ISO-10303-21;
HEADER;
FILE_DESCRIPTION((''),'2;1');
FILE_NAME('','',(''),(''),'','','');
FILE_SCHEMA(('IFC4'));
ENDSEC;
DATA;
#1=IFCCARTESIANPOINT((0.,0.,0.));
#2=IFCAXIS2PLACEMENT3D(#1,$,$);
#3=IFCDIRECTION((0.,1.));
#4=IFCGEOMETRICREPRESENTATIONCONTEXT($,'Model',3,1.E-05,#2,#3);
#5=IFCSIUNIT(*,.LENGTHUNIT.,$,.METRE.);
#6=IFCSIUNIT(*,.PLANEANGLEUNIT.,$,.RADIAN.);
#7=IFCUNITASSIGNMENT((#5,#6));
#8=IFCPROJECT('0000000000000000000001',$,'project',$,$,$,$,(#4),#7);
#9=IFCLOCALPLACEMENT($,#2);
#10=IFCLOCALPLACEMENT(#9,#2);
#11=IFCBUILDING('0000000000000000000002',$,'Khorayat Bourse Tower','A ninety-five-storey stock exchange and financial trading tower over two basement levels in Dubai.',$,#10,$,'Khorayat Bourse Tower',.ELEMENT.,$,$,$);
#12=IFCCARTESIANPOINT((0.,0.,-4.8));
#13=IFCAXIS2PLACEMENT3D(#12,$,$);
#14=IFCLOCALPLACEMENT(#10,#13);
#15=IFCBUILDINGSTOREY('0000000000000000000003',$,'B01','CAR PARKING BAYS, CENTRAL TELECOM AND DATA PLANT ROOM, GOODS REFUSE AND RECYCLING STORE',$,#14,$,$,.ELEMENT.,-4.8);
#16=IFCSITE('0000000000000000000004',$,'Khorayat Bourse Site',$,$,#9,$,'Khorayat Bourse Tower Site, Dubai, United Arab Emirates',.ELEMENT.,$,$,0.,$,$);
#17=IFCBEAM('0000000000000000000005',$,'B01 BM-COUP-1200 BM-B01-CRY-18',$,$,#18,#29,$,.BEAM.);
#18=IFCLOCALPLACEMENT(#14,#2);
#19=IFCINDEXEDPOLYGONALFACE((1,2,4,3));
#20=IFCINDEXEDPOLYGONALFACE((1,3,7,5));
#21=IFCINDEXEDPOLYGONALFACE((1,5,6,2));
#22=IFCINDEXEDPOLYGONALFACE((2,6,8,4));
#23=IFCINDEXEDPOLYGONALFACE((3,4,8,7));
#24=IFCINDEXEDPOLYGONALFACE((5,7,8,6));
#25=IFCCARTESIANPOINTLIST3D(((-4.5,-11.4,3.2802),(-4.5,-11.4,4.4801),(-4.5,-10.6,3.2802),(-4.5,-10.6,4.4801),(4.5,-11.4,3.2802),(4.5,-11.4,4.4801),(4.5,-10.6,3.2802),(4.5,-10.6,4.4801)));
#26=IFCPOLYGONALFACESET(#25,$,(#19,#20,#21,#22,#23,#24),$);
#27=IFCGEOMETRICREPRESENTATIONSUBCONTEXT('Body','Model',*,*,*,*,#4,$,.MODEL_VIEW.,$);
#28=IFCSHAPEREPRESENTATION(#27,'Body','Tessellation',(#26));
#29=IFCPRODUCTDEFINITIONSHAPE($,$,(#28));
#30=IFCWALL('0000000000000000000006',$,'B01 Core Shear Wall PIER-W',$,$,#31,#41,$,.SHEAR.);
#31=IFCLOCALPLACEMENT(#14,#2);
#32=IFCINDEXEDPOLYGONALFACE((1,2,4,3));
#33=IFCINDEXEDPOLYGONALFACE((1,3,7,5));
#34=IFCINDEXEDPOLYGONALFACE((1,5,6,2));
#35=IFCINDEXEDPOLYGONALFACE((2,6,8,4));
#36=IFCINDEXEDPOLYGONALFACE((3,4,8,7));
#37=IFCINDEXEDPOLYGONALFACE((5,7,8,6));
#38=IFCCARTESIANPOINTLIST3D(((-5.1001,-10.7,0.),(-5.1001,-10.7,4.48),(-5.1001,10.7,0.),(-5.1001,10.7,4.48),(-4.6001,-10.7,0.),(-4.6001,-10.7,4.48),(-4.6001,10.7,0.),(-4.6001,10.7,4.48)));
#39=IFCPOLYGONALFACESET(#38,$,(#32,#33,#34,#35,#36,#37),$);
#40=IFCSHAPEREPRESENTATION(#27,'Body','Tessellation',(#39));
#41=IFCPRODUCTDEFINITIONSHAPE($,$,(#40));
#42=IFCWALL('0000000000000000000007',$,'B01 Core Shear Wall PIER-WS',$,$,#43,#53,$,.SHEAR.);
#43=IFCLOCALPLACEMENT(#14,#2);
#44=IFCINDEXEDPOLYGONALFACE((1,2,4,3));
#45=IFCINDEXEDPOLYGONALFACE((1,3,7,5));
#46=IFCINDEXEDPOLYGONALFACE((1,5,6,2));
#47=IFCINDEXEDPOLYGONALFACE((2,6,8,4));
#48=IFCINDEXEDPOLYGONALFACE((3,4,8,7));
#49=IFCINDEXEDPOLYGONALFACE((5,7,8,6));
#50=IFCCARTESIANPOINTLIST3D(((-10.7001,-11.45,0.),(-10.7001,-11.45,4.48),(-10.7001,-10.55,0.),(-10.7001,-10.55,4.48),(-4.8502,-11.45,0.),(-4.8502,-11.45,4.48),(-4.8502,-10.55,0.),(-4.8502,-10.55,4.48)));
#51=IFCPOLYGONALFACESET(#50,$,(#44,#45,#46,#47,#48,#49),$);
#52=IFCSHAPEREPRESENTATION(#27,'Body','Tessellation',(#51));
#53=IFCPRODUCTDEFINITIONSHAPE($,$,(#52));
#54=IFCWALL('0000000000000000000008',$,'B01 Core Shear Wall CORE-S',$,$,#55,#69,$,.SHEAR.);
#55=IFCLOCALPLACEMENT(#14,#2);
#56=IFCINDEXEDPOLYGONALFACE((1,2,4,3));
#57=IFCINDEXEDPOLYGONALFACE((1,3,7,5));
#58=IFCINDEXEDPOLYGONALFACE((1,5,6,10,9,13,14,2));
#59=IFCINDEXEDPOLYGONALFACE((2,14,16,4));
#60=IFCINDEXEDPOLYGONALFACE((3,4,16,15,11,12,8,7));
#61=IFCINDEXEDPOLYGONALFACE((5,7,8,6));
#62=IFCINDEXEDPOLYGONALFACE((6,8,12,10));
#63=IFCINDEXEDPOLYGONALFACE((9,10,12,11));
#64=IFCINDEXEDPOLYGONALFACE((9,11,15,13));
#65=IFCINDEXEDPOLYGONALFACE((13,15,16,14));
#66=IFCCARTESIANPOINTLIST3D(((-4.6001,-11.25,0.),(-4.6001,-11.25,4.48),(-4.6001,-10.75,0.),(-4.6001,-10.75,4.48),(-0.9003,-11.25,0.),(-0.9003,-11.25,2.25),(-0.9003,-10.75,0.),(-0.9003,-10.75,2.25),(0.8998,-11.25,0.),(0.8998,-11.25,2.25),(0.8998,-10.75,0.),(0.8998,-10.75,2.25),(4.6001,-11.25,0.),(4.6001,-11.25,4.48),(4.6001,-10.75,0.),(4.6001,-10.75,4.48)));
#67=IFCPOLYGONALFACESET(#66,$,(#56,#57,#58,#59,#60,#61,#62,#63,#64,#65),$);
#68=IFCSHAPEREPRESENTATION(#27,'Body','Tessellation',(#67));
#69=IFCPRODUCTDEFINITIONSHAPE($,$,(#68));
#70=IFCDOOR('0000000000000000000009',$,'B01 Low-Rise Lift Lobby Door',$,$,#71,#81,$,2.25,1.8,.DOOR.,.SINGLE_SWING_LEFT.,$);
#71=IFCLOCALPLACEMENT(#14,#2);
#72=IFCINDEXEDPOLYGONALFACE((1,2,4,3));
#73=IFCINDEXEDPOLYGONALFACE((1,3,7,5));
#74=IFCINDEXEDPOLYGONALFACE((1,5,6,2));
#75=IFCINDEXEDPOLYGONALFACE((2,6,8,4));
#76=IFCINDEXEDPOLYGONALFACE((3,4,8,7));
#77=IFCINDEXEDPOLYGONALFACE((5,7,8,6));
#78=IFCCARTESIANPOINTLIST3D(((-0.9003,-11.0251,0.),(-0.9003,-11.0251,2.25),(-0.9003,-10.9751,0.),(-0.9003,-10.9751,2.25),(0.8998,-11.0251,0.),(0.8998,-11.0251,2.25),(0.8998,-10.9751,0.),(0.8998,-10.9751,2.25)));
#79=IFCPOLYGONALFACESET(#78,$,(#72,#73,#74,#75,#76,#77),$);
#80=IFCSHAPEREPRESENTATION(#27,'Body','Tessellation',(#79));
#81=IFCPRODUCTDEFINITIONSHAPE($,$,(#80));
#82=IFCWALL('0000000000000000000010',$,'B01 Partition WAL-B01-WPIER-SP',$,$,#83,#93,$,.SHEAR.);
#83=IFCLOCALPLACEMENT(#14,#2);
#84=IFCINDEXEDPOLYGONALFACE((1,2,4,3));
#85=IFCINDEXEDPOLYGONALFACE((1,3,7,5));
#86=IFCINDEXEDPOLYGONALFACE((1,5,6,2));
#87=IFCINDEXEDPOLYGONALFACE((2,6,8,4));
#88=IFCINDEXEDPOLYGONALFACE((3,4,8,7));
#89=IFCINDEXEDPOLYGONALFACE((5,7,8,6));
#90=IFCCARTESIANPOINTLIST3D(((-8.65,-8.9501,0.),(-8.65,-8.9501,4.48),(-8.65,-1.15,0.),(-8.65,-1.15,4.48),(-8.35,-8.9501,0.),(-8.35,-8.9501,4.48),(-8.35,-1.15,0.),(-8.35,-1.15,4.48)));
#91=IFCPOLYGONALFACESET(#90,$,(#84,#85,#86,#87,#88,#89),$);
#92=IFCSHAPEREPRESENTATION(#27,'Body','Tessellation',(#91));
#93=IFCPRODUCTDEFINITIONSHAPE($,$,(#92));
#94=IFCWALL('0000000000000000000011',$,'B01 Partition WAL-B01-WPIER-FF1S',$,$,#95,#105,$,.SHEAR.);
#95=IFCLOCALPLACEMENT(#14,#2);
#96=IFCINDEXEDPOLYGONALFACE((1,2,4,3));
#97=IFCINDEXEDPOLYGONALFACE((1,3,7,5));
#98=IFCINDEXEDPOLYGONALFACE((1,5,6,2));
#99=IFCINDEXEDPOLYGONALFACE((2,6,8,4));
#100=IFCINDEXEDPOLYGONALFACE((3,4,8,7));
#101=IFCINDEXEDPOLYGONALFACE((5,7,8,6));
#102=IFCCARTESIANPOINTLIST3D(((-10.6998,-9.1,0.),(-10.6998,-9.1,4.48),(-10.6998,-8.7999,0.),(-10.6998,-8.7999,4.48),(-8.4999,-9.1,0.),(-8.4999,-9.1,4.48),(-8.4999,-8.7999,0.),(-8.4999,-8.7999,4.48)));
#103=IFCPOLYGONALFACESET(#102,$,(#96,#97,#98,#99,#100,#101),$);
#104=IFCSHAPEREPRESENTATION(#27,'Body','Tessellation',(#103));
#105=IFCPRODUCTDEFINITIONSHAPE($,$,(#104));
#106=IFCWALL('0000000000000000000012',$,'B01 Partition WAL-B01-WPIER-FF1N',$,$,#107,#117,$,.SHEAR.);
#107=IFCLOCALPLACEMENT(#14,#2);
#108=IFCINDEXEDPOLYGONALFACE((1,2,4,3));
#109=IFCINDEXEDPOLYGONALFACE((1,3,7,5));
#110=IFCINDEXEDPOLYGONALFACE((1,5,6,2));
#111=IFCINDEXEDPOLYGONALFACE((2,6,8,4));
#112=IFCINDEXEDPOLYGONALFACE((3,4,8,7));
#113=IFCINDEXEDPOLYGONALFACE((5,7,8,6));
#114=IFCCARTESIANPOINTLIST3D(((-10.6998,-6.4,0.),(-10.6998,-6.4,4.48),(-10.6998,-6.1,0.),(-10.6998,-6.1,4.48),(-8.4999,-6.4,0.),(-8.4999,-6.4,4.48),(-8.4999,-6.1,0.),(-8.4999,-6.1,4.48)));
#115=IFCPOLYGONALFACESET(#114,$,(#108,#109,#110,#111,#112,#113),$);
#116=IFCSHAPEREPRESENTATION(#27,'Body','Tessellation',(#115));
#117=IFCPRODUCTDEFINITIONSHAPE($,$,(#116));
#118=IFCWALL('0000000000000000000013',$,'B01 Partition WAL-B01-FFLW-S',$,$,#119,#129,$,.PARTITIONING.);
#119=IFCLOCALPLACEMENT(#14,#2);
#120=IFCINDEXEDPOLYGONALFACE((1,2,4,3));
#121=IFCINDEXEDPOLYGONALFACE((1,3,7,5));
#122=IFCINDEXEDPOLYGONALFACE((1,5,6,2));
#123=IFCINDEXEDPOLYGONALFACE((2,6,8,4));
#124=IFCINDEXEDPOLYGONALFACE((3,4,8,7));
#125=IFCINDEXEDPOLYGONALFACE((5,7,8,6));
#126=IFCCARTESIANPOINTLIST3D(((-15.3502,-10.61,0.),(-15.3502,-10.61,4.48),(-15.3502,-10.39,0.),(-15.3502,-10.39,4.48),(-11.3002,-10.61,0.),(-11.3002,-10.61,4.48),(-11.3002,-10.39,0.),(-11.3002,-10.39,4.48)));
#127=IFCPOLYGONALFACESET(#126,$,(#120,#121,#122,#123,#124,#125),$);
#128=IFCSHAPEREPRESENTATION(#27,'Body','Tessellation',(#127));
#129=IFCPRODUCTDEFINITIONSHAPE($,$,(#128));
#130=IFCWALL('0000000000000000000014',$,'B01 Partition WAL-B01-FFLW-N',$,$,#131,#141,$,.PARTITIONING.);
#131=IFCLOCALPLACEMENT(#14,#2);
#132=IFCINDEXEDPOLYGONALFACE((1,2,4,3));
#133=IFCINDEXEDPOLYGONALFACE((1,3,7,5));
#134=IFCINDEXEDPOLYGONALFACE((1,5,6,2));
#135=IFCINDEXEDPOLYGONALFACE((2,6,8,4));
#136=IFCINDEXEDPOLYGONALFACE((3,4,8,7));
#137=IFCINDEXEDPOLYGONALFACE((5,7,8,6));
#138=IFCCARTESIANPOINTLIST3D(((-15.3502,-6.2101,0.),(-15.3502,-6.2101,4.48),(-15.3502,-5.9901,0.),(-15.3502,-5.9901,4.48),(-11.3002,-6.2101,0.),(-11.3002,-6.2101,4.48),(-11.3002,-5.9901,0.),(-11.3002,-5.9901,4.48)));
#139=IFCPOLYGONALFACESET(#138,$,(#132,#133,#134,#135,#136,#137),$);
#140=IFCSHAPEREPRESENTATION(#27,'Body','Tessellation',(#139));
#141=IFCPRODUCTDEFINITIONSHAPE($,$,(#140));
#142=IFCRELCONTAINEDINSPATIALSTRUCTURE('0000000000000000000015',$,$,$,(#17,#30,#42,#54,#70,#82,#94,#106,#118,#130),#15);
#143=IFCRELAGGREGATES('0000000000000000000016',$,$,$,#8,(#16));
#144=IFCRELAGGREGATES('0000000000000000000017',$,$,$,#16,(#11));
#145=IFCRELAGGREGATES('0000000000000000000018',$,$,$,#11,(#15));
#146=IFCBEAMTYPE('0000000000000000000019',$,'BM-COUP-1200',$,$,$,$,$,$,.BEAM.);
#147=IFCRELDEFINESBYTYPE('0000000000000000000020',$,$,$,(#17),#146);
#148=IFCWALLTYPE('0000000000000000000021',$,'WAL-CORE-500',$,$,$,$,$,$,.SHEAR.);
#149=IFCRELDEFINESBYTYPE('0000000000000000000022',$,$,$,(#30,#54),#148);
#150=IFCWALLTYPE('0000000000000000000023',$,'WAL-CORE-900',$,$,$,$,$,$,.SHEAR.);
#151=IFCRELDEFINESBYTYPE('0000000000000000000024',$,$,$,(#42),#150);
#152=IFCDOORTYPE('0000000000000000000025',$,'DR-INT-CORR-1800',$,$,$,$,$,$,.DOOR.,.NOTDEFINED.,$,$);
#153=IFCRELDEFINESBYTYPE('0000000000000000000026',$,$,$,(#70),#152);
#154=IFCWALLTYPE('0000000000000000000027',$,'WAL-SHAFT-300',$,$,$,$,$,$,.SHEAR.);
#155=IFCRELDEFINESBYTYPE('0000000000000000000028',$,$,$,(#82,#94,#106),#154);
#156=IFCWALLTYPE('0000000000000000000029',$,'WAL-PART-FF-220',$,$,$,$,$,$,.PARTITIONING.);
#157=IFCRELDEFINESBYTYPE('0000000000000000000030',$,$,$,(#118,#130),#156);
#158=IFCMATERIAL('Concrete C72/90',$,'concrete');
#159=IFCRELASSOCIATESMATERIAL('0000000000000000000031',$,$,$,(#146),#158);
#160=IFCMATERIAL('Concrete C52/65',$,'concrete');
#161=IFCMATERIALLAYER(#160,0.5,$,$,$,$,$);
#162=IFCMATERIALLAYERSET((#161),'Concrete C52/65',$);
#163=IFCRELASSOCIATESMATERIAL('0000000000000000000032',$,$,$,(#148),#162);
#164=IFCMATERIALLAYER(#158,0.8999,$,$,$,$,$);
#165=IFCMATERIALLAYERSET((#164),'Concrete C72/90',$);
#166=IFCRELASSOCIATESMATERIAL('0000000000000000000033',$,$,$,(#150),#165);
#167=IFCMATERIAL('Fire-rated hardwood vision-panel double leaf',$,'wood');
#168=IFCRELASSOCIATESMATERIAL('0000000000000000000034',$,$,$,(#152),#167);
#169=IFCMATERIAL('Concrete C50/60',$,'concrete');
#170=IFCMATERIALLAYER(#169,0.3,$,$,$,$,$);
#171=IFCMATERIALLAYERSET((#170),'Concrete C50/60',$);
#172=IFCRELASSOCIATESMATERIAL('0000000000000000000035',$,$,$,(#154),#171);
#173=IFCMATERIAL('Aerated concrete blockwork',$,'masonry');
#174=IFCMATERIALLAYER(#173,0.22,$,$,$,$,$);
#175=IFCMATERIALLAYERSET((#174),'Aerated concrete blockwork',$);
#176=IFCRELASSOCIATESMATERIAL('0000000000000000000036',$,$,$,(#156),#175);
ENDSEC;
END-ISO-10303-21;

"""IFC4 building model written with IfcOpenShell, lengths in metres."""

from ifc_helpers import new_model, si_unit, direction, frame, frame_2d, origin, origin_2d, place, context, subcontext, project, spatial, rectangle, extrude, source, transform, mapped, material, layer, layer_set, material_profile, profile_set, type_object, element, fill, save


model = new_model("IFC4")

# Units and contexts
model_context = context("Model", 3, precision=1e-05, world=origin(), true_north=direction((0.0, 1.0)))
body_context = subcontext(model_context, "Body", "Model", "MODEL_VIEW")
ifc_project = project(units=[si_unit("LENGTHUNIT", "METRE"), si_unit("PLANEANGLEUNIT", "RADIAN")], contexts=[model_context])

# Site, building, storey
site_placement = place(None, origin())
site = spatial("IfcSite", under=ifc_project, at=site_placement, Name="Khorayat Bourse Site", LongName="Khorayat Bourse Tower Site, Dubai, United Arab Emirates", CompositionType="ELEMENT", RefElevation=0.0)
building_placement = place(site_placement, origin())
building = spatial("IfcBuilding", under=site, at=building_placement, Name="Khorayat Bourse Tower", Description="A ninety-five-storey stock exchange and financial trading tower over two basement levels in Dubai.", LongName="Khorayat Bourse Tower", CompositionType="ELEMENT")
storey_placement = place(building_placement, frame((0.0, 0.0, -4.8)))
storey = spatial("IfcBuildingStorey", under=building, at=storey_placement, Name="B01", Description="CAR PARKING BAYS, CENTRAL TELECOM AND DATA PLANT ROOM, GOODS REFUSE AND RECYCLING STORE", CompositionType="ELEMENT", Elevation=-4.8)

# Shared definitions
ifc_material_1 = material(Name="Concrete C72/90", Category="concrete")

# Beam
ifc_material_profile_1 = material_profile(ifc_material_1, rectangle(XDim=0.8, YDim=1.2, at=origin_2d()), Name="RC 800x1200")
ifc_profile_set_1 = profile_set([ifc_material_profile_1], Name="Concrete C72/90")
beam_type_1 = type_object("IfcBeamType", Name="BM-COUP-1200", PredefinedType="BEAM", material=ifc_profile_set_1)
shared_shape_1 = source(origin(), body_context, "Body", "SweptSolid", [
    extrude(rectangle(XDim=0.8, YDim=1.2, at=origin_2d()), origin(), (0.0, 0.0, 1.0), 9.0),
])
beam_1_placement = place(storey_placement, frame((-4.5, -11.0, 3.8801), z_axis=(1.0, 0.0, 0.0), x_axis=(0.0, 1.0, 0.0)))
element("IfcBeam", 1, at=beam_1_placement, inside=storey, type_object=beam_type_1, Name="B01 BM-COUP-1200 BM-B01-CRY-18", PredefinedType="BEAM", context=body_context, shape_type="MappedRepresentation", body=[
    mapped(shared_shape_1, transform((0.0, 0.0, 0.0), scale=1.0)),
])

# Walls
ifc_material_2 = material(Name="Concrete C52/65", Category="concrete")
ifc_layer_1 = layer(ifc_material_2, 0.5)
ifc_layer_set_1 = layer_set([ifc_layer_1], Name="Concrete C52/65")
wall_type_1 = type_object("IfcWallType", Name="WAL-CORE-500", PredefinedType="SHEAR", material=ifc_layer_set_1)
shared_shape_2 = source(origin(), body_context, "Body", "SweptSolid", [
    extrude(rectangle(XDim=21.3999, YDim=0.5, at=frame_2d((10.7, 0.0))), origin(), (0.0, 0.0, 1.0), 4.48),
])
wall_1_placement = place(storey_placement, frame((-4.8501, -10.7, 0.0), z_axis=(0.0, 0.0, 1.0), x_axis=(0.0, 1.0, 0.0)))
element("IfcWall", 2, at=wall_1_placement, inside=storey, type_object=wall_type_1, Name="B01 Core Shear Wall PIER-W", PredefinedType="SHEAR", context=body_context, shape_type="MappedRepresentation", body=[
    mapped(shared_shape_2, transform((0.0, 0.0, 0.0), scale=1.0)),
])
ifc_layer_2 = layer(ifc_material_1, 0.8999)
ifc_layer_set_2 = layer_set([ifc_layer_2], Name="Concrete C72/90")
wall_type_2 = type_object("IfcWallType", Name="WAL-CORE-900", PredefinedType="SHEAR", material=ifc_layer_set_2)
shared_shape_3 = source(origin(), body_context, "Body", "SweptSolid", [
    extrude(rectangle(XDim=5.8499, YDim=0.8999, at=frame_2d((2.9248, 0.0))), origin(), (0.0, 0.0, 1.0), 4.48),
])
wall_2_placement = place(storey_placement, frame((-10.7, -11.0, 0.0), z_axis=(0.0, 0.0, 1.0), x_axis=(1.0, 0.0, 0.0)))
element("IfcWall", 3, at=wall_2_placement, inside=storey, type_object=wall_type_2, Name="B01 Core Shear Wall PIER-WS", PredefinedType="SHEAR", context=body_context, shape_type="MappedRepresentation", body=[
    mapped(shared_shape_3, transform((0.0, 0.0, 0.0), scale=1.0)),
])

# Wall, opening, door
shared_shape_4 = source(origin(), body_context, "Body", "SweptSolid", [
    extrude(rectangle(XDim=9.2002, YDim=0.5, at=frame_2d((4.6001, 0.0))), origin(), (0.0, 0.0, 1.0), 4.48),
])
wall_3_placement = place(storey_placement, frame((-4.6001, -11.0, 0.0), z_axis=(0.0, 0.0, 1.0), x_axis=(1.0, 0.0, 0.0)))
wall_3 = element("IfcWall", 4, at=wall_3_placement, inside=storey, type_object=wall_type_1, Name="B01 Core Shear Wall CORE-S", PredefinedType="SHEAR", context=body_context, shape_type="MappedRepresentation", body=[
    mapped(shared_shape_4, transform((0.0, 0.0, 0.0), scale=1.0)),
])
shared_shape_5 = source(origin(), body_context, "Body", "SweptSolid", [
    extrude(rectangle(XDim=1.8, YDim=2.25, at=frame_2d((0.8999, 1.125))), frame((0.0, 0.26, 0.0), z_axis=(0.0, -1.0, 0.0), x_axis=(1.0, 0.0, 0.0)), (0.0, 0.0, 1.0), 0.52),
])
opening_1_placement = place(wall_3_placement, frame((3.7, 0.0, 0.0)))
opening_1 = element("IfcOpeningElement", 5, at=opening_1_placement, cuts=wall_3, PredefinedType="OPENING", context=body_context, shape_type="MappedRepresentation", body=[
    mapped(shared_shape_5, transform((0.0, 0.0, 0.0), scale=1.0)),
])
ifc_material_3 = material(Name="Fire-rated hardwood vision-panel double leaf", Category="wood")
door_type_1 = type_object("IfcDoorType", Name="DR-INT-CORR-1800", OperationType="NOTDEFINED", PredefinedType="DOOR", material=ifc_material_3)
shared_shape_6 = source(origin(), body_context, "Body", "SweptSolid", [
    extrude(rectangle(XDim=1.8, YDim=2.25, at=frame_2d((0.8999, 1.125))), frame((0.0, 0.0249, 0.0), z_axis=(0.0, -1.0, 0.0), x_axis=(1.0, 0.0, 0.0)), (0.0, 0.0, 1.0), 0.05),
])
door_1_placement = place(opening_1_placement, origin())
door_1 = element("IfcDoor", 6, at=door_1_placement, inside=storey, type_object=door_type_1, Name="B01 Low-Rise Lift Lobby Door", OperationType="SINGLE_SWING_LEFT", OverallHeight=2.25, OverallWidth=1.8, PredefinedType="DOOR", context=body_context, shape_type="MappedRepresentation", body=[
    mapped(shared_shape_6, transform((0.0, 0.0, 0.0), scale=1.0)),
])
fill(opening_1, door_1)

# Walls
ifc_material_4 = material(Name="Concrete C50/60", Category="concrete")
ifc_layer_3 = layer(ifc_material_4, 0.3)
ifc_layer_set_3 = layer_set([ifc_layer_3], Name="Concrete C50/60")
wall_type_3 = type_object("IfcWallType", Name="WAL-SHAFT-300", PredefinedType="SHEAR", material=ifc_layer_set_3)
shared_shape_7 = source(origin(), body_context, "Body", "SweptSolid", [
    extrude(rectangle(XDim=7.8, YDim=0.3, at=frame_2d((3.8999, 0.0))), origin(), (0.0, 0.0, 1.0), 4.48),
])
wall_4_placement = place(storey_placement, frame((-8.5, -8.95, 0.0), z_axis=(0.0, 0.0, 1.0), x_axis=(0.0, 1.0, 0.0)))
element("IfcWall", 7, at=wall_4_placement, inside=storey, type_object=wall_type_3, Name="B01 Partition WAL-B01-WPIER-SP", PredefinedType="SHEAR", context=body_context, shape_type="MappedRepresentation", body=[
    mapped(shared_shape_7, transform((0.0, 0.0, 0.0), scale=1.0)),
])
shared_shape_8 = source(origin(), body_context, "Body", "SweptSolid", [
    extrude(rectangle(XDim=2.2, YDim=0.3, at=frame_2d((1.1001, 0.0))), origin(), (0.0, 0.0, 1.0), 4.48),
])
for number, where, z_axis, x_axis, name in (
    (8, (-10.7, -8.95, 0.0), (0.0, 0.0, 1.0), (1.0, 0.0, 0.0), "B01 Partition WAL-B01-WPIER-FF1S"),
    (9, (-10.7, -6.25, 0.0), (0.0, 0.0, 1.0), (1.0, 0.0, 0.0), "B01 Partition WAL-B01-WPIER-FF1N"),
):
    element("IfcWall", number, at=place(storey_placement, frame(where, z_axis=z_axis, x_axis=x_axis)), inside=storey, type_object=wall_type_3, Name=name, PredefinedType="SHEAR", context=body_context, shape_type="MappedRepresentation", body=[
        mapped(shared_shape_8, transform((0.0, 0.0, 0.0), scale=1.0)),
    ])
ifc_material_5 = material(Name="Aerated concrete blockwork", Category="masonry")
ifc_layer_4 = layer(ifc_material_5, 0.22)
ifc_layer_set_4 = layer_set([ifc_layer_4], Name="Aerated concrete blockwork")
wall_type_4 = type_object("IfcWallType", Name="WAL-PART-FF-220", PredefinedType="PARTITIONING", material=ifc_layer_set_4)
shared_shape_9 = source(origin(), body_context, "Body", "SweptSolid", [
    extrude(rectangle(XDim=4.05, YDim=0.22, at=frame_2d((2.0249, 0.0))), origin(), (0.0, 0.0, 1.0), 4.48),
])
for number, where, z_axis, x_axis, name in (
    (10, (-15.3501, -10.5, 0.0), (0.0, 0.0, 1.0), (1.0, 0.0, 0.0), "B01 Partition WAL-B01-FFLW-S"),
    (11, (-15.3501, -6.1001, 0.0), (0.0, 0.0, 1.0), (1.0, 0.0, 0.0), "B01 Partition WAL-B01-FFLW-N"),
):
    element("IfcWall", number, at=place(storey_placement, frame(where, z_axis=z_axis, x_axis=x_axis)), inside=storey, type_object=wall_type_4, Name=name, PredefinedType="PARTITIONING", context=body_context, shape_type="MappedRepresentation", body=[
        mapped(shared_shape_9, transform((0.0, 0.0, 0.0), scale=1.0)),
    ])

save(model, "model.ifc")
